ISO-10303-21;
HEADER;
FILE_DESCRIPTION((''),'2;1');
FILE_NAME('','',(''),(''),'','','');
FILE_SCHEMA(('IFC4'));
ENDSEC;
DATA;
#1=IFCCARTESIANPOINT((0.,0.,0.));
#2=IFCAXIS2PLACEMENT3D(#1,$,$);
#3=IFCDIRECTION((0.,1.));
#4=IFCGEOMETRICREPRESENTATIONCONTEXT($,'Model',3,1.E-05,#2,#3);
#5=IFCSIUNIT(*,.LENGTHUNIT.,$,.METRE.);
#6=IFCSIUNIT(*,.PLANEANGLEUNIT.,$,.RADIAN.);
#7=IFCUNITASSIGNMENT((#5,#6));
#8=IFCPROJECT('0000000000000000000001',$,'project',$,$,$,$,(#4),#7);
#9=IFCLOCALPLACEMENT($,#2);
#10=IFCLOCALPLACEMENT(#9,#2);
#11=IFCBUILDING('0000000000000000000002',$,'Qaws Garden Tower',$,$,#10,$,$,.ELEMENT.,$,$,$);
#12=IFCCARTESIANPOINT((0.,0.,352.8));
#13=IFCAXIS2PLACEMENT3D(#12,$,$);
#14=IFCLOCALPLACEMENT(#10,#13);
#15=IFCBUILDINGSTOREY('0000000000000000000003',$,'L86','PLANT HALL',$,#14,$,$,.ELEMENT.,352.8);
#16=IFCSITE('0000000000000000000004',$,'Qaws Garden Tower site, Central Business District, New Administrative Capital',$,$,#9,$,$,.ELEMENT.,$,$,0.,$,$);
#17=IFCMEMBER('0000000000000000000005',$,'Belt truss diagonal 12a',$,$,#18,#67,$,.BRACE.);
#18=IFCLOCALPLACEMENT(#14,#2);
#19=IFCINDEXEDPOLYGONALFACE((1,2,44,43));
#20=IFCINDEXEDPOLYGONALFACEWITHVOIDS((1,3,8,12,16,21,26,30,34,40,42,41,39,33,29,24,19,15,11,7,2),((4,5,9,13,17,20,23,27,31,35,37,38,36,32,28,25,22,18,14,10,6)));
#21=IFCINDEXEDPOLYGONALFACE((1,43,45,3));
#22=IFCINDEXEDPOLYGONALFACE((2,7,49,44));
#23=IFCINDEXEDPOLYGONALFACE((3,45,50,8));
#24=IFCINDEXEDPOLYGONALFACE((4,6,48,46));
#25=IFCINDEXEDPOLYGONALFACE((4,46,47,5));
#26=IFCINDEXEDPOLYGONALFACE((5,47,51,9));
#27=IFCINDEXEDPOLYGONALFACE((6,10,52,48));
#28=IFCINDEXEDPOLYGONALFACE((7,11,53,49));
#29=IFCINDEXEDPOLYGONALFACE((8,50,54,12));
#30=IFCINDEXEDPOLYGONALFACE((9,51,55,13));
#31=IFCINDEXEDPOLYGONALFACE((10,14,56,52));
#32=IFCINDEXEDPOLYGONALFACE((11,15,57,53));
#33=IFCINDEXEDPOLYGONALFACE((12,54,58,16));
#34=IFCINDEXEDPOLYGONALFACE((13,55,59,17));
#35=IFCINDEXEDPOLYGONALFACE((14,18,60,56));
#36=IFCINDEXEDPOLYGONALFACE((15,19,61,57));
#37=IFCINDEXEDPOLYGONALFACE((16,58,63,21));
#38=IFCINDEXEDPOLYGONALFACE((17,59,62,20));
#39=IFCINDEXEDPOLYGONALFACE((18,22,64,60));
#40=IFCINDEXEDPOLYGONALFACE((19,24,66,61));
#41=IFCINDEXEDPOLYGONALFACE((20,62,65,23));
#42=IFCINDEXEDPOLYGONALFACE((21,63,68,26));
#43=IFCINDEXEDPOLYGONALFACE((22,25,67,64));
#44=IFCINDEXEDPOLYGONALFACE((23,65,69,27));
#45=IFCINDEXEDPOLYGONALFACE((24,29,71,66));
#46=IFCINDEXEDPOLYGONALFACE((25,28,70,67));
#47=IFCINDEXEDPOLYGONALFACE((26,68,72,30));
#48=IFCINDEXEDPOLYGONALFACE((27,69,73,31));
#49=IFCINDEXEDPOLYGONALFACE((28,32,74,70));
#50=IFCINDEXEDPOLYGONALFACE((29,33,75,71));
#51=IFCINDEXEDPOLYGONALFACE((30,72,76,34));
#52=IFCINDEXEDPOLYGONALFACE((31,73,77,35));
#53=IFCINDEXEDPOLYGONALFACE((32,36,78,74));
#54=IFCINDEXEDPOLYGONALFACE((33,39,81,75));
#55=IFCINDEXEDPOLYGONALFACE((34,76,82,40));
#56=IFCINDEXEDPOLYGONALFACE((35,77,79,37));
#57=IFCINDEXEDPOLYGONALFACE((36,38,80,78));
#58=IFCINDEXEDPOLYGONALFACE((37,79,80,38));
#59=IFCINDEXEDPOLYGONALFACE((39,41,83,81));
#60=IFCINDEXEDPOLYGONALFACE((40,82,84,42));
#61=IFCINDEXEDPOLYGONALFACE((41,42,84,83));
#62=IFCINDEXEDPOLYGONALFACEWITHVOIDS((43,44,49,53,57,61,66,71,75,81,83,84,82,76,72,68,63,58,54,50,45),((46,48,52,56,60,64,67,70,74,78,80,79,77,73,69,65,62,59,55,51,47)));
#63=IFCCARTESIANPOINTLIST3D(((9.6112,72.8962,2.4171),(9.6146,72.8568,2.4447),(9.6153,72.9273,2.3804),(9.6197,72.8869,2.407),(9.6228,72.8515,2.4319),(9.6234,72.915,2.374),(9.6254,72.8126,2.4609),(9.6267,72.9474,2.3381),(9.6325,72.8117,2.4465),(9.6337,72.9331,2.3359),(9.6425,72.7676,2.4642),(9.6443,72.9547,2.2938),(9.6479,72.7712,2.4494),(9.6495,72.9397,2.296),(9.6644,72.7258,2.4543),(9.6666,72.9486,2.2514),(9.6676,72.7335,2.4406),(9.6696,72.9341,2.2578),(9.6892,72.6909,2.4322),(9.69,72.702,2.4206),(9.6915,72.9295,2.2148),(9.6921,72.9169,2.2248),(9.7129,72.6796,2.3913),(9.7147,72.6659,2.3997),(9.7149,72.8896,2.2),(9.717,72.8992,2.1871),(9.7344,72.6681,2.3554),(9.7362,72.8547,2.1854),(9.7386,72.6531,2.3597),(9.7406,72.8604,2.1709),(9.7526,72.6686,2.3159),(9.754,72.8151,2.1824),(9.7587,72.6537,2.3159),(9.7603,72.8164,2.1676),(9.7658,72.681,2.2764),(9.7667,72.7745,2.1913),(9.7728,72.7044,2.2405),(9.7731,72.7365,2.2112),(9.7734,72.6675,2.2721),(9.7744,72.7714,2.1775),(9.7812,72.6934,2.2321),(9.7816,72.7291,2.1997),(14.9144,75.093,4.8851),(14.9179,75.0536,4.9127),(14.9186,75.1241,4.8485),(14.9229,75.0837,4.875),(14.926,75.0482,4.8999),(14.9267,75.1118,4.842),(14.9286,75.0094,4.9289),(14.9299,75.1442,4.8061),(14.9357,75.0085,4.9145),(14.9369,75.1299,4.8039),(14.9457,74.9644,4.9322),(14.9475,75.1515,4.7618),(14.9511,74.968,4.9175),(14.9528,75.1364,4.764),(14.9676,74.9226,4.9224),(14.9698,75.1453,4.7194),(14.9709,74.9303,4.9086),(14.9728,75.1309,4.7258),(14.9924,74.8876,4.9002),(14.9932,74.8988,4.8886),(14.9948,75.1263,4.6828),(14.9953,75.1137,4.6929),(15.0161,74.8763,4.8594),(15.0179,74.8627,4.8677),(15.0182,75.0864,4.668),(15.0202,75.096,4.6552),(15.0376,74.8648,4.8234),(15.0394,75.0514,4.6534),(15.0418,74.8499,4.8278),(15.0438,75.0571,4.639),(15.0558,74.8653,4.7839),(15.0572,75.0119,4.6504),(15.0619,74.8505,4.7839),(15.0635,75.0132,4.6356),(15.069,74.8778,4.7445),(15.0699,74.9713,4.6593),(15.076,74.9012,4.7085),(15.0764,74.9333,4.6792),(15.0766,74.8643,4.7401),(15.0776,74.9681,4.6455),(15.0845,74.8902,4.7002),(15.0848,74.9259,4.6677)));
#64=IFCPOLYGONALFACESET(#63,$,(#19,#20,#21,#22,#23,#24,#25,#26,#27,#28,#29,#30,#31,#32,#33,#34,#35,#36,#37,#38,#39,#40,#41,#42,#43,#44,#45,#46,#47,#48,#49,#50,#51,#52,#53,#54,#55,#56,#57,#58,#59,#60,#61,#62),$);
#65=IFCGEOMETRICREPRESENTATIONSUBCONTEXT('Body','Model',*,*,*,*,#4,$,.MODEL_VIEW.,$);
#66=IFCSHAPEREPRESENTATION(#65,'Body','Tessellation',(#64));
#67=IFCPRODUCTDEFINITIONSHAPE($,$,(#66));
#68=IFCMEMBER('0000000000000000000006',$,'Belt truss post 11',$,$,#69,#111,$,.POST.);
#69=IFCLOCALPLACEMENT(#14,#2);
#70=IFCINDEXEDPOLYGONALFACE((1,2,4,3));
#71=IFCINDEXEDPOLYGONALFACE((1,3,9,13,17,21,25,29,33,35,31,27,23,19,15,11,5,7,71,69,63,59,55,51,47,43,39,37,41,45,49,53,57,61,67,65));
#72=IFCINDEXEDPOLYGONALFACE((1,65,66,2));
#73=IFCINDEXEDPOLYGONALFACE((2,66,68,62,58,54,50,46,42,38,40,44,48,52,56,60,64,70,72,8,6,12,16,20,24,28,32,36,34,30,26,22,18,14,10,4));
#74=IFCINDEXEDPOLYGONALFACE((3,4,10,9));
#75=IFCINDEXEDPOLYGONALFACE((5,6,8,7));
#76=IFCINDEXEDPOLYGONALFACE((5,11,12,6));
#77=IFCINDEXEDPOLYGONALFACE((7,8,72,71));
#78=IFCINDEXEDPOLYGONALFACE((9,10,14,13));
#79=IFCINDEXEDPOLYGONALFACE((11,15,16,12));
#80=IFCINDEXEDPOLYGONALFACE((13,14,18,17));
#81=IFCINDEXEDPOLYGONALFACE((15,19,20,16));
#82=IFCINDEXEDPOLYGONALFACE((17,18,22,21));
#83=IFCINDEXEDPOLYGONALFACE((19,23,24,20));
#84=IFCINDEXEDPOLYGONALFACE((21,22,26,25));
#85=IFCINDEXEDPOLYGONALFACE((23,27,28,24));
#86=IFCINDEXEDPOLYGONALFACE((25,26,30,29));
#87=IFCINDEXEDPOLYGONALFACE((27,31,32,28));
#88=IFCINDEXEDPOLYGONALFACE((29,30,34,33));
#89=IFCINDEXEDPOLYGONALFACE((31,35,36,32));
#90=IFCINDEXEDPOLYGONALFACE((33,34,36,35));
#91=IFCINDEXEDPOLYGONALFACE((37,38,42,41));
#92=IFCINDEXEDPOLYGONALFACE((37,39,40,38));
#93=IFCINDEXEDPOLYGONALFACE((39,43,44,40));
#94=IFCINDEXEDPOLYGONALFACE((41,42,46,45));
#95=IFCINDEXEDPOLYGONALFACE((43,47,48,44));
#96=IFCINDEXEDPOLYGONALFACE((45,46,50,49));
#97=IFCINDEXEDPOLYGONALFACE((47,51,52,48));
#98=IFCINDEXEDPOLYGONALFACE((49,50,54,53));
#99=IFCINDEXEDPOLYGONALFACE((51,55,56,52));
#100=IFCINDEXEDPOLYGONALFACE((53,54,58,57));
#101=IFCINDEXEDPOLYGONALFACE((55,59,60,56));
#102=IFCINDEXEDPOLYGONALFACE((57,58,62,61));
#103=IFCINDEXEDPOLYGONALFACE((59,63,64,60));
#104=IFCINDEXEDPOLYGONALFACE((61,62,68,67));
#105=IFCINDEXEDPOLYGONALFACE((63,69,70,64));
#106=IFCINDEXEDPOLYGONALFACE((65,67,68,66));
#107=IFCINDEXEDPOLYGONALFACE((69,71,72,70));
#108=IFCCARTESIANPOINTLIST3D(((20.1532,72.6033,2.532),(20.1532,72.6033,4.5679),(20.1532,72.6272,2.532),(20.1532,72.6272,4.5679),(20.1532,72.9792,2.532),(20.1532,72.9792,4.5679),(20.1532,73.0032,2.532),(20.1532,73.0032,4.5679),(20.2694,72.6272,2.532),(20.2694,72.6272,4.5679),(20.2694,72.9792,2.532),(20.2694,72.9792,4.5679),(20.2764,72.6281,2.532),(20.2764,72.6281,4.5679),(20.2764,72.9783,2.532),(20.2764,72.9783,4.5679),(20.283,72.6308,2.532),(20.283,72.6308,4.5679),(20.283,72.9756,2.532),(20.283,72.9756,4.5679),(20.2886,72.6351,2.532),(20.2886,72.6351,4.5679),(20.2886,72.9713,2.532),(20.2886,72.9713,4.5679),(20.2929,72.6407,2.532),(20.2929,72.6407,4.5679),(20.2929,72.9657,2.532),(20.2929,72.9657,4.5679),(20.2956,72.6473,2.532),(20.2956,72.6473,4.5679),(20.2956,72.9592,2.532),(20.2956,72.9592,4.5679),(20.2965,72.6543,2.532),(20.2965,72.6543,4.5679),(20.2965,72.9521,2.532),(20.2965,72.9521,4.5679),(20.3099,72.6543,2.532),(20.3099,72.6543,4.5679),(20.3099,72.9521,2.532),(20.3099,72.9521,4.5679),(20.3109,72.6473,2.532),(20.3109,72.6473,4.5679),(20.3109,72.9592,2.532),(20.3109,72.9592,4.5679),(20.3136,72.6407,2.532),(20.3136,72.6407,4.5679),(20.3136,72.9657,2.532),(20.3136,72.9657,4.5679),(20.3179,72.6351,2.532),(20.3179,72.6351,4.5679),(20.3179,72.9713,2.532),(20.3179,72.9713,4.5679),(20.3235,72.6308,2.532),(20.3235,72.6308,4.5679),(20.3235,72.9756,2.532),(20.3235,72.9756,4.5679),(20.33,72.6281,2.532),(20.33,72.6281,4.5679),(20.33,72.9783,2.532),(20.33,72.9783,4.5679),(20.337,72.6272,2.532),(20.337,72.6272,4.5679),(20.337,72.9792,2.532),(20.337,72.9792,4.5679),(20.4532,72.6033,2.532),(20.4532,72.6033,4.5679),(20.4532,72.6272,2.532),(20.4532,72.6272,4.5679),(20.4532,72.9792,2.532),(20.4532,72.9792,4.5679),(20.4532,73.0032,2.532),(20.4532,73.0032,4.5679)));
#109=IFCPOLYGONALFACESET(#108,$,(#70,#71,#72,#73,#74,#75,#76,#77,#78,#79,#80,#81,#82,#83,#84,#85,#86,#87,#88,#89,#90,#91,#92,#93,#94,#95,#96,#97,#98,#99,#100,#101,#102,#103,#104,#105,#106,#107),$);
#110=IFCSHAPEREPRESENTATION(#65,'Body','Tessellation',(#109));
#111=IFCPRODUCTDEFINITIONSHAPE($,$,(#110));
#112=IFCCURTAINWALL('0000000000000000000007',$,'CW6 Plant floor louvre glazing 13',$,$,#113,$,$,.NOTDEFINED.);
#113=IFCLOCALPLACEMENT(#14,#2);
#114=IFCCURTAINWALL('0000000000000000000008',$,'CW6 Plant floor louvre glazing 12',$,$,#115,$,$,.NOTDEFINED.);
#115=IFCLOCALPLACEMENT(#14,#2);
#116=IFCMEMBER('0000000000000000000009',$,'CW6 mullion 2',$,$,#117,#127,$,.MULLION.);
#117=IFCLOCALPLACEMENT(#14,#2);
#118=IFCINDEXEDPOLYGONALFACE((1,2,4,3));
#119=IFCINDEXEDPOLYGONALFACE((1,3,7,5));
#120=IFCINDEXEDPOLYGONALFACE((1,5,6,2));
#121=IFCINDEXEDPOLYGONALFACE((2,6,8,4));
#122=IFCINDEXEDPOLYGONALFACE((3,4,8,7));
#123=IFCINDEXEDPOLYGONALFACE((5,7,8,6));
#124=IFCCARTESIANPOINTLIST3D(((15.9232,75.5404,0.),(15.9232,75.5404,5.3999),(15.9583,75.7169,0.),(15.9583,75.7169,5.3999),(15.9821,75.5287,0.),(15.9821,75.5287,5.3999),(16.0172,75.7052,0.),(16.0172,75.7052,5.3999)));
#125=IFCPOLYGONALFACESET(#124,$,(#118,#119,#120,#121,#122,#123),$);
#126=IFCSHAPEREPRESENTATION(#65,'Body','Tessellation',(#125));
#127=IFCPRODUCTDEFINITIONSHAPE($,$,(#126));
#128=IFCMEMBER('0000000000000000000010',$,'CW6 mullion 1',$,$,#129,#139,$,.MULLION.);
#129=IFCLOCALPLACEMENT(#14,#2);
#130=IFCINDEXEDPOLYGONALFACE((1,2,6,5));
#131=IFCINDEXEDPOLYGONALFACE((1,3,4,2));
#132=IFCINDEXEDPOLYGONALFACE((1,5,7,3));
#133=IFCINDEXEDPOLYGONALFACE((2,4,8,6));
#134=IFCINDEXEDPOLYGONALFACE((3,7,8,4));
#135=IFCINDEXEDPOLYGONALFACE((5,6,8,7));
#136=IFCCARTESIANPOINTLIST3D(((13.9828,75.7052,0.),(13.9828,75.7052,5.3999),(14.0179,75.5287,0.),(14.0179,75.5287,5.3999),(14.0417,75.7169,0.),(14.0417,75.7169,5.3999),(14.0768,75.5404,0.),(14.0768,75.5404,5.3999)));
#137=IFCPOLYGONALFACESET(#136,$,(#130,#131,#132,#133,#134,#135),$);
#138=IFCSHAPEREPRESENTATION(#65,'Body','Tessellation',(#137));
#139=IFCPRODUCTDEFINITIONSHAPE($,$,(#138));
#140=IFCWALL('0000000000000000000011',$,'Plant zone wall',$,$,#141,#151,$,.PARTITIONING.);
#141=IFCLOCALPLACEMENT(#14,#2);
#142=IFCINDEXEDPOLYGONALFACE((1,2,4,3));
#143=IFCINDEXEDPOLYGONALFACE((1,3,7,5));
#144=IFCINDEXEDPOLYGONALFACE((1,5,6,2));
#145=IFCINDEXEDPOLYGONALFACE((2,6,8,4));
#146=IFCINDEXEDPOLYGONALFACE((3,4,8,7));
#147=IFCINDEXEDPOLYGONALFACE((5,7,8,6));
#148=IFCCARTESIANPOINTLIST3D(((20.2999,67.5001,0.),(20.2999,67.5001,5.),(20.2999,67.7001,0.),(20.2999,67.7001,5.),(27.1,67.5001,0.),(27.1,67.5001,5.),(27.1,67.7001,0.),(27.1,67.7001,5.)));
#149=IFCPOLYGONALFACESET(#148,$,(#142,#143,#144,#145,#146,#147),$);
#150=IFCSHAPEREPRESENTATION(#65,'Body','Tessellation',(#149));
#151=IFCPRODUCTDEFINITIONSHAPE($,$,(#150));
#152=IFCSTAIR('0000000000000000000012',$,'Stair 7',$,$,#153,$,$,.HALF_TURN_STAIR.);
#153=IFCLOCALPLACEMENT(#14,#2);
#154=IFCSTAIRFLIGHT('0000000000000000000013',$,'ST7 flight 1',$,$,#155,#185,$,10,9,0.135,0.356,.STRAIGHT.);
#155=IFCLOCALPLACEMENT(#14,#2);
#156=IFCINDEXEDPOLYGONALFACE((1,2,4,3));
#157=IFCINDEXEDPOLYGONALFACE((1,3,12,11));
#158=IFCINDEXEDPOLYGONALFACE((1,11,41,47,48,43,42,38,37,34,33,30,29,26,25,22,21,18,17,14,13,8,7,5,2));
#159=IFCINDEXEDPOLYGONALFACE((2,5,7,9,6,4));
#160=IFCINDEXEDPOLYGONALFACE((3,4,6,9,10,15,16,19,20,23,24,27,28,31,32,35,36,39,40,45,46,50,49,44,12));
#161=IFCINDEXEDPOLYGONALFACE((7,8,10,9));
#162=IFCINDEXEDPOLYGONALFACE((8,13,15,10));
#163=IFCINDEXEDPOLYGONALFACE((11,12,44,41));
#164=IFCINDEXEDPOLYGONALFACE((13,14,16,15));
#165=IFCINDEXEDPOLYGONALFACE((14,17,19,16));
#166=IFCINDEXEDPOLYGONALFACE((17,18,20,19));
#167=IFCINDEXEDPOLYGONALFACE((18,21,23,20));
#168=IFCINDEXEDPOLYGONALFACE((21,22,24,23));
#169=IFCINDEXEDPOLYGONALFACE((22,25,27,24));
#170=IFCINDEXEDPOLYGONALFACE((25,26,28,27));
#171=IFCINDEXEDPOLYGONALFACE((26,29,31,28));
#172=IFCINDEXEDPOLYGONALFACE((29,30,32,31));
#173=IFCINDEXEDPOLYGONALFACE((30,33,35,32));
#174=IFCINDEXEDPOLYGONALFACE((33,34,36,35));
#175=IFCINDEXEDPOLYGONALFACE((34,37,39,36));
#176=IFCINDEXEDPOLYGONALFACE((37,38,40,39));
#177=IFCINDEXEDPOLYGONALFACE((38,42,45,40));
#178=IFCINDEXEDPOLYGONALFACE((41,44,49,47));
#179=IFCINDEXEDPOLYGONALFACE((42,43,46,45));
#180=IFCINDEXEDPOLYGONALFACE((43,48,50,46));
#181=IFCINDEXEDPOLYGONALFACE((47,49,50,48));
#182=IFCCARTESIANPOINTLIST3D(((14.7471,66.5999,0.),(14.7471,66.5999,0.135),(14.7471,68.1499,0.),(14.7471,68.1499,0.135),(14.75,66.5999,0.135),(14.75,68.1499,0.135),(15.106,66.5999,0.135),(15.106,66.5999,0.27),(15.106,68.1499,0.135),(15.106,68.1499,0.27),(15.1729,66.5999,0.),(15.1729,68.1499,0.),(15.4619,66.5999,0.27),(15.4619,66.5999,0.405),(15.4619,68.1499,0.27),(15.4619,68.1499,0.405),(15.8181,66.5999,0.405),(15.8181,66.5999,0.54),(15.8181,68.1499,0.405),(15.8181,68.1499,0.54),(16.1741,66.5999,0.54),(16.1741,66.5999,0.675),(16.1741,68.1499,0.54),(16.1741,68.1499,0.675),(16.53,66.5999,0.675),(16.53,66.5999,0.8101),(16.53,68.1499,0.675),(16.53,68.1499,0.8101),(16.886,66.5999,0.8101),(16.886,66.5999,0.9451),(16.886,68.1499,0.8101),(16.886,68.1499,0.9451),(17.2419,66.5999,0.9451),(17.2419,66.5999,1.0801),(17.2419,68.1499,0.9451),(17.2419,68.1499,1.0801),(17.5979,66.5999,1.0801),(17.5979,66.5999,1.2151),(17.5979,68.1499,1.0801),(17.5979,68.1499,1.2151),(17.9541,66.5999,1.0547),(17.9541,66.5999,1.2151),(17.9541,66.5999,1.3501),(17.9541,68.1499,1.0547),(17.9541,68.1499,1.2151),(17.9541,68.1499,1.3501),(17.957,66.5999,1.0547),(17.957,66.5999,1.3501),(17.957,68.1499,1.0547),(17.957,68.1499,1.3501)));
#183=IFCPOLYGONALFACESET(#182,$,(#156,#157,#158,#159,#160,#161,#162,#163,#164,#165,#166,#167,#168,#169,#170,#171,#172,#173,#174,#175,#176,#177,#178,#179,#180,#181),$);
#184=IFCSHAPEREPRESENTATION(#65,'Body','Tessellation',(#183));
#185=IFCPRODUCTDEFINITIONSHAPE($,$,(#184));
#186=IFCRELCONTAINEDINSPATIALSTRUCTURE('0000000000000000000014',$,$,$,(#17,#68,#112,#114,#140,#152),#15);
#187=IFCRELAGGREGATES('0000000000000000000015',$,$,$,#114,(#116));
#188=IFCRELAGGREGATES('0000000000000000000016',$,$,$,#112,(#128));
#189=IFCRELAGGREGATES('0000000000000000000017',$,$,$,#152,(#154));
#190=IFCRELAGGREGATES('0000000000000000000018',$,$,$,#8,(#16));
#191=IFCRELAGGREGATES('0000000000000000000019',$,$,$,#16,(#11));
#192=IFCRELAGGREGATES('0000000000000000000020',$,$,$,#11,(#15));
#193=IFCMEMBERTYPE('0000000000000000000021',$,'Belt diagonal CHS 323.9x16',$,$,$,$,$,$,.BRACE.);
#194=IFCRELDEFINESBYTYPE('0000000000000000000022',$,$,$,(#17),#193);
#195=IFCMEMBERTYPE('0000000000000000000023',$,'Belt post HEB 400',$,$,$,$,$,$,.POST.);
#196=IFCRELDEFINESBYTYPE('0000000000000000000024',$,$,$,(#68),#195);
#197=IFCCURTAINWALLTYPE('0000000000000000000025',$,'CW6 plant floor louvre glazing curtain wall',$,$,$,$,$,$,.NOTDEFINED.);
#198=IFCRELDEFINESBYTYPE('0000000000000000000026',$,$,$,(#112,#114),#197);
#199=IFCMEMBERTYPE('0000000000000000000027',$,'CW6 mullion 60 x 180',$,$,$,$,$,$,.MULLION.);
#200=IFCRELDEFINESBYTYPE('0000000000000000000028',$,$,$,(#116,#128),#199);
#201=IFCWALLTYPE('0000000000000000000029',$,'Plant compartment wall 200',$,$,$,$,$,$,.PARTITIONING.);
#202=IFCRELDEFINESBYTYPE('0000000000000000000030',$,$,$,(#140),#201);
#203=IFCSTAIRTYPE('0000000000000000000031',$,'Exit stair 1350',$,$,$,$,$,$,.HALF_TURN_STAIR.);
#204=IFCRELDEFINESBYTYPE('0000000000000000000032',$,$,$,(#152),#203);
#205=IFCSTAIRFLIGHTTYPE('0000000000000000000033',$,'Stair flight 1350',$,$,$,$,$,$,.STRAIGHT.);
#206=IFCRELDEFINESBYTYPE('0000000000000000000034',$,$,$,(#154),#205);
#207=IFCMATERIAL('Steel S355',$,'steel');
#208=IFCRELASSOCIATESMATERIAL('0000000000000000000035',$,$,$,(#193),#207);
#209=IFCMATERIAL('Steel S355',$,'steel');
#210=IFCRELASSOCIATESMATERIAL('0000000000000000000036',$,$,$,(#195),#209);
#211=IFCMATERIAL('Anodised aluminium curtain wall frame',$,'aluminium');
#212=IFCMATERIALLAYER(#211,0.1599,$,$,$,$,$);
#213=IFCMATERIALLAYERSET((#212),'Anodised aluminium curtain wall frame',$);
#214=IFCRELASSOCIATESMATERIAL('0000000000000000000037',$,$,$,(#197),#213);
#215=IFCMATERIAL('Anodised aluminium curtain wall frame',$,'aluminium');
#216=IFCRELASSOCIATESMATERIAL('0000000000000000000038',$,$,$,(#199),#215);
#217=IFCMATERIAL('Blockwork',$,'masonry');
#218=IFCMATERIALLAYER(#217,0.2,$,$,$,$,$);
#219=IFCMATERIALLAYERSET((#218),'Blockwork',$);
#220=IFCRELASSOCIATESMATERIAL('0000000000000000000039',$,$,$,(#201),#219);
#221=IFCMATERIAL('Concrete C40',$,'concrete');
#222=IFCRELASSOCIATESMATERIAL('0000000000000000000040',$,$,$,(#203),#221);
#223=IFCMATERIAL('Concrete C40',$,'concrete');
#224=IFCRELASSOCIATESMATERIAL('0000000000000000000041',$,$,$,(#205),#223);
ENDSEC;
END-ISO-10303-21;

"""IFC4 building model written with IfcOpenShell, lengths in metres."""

from ifc_helpers import new_model, si_unit, direction, frame, frame_2d, origin, origin_2d, place, context, subcontext, project, spatial, polyline, rectangle, hollow_circle, i_section, outline, extrude, material, layer, layer_set, material_profile, profile_set, type_object, element, aggregate, save


model = new_model("IFC4")

# Units and contexts
model_context = context("Model", 3, precision=1e-05, world=origin(), true_north=direction((0.0, 1.0)))
body_context = subcontext(model_context, "Body", "Model", "MODEL_VIEW")
ifc_project = project(units=[si_unit("LENGTHUNIT", "METRE"), si_unit("PLANEANGLEUNIT", "RADIAN")], contexts=[model_context])

# Site, building, storey
site_placement = place(None, origin())
site = spatial("IfcSite", under=ifc_project, at=site_placement, Name="Qaws Garden Tower site, Central Business District, New Administrative Capital", CompositionType="ELEMENT", RefElevation=0.0)
building_placement = place(site_placement, origin())
building = spatial("IfcBuilding", under=site, at=building_placement, Name="Qaws Garden Tower", CompositionType="ELEMENT")
storey_placement = place(building_placement, frame((0.0, 0.0, 352.8)))
storey = spatial("IfcBuildingStorey", under=building, at=storey_placement, Name="L86", Description="PLANT HALL", CompositionType="ELEMENT", Elevation=352.8)

# Members
ifc_material_1 = material(Name="Steel S355", Category="steel")
ifc_material_profile_1 = material_profile(ifc_material_1, hollow_circle(Radius=0.1619, WallThickness=0.0161, at=origin_2d()), Name="CHS 323.9x16")
ifc_profile_set_1 = profile_set([ifc_material_profile_1], Name="Steel S355")
member_type_1 = type_object("IfcMemberType", Name="Belt diagonal CHS 323.9x16", PredefinedType="BRACE", material=ifc_profile_set_1)
member_1_placement = place(storey_placement, frame((15.0, 75.0, 4.7839), z_axis=(-0.848748, -0.351581, -0.394991), x_axis=(0.3827, -0.923873, 0.0)))
element("IfcMember", 1, at=member_1_placement, inside=storey, type_object=member_type_1, Name="Belt truss diagonal 12a", PredefinedType="BRACE", context=body_context, shape_type="SweptSolid", body=[
    extrude(hollow_circle(Radius=0.1619, WallThickness=0.0161, at=origin_2d()), origin(), (0.0, 0.0, 1.0), 6.2483),
])
ifc_material_2 = material(Name="Steel S355", Category="steel")
ifc_material_profile_2 = material_profile(ifc_material_2, i_section(OverallWidth=0.3, OverallDepth=0.3999, WebThickness=0.0134, FlangeThickness=0.0239, FilletRadius=0.0271, at=origin_2d()), Name="HEB 400")
ifc_profile_set_2 = profile_set([ifc_material_profile_2], Name="Steel S355")
member_type_2 = type_object("IfcMemberType", Name="Belt post HEB 400", PredefinedType="POST", material=ifc_profile_set_2)
member_2_placement = place(storey_placement, frame((20.3032, 72.8032, 2.532), z_axis=(0.0, 0.0, 1.0), x_axis=(1.0, 0.0, 0.0)))
element("IfcMember", 2, at=member_2_placement, inside=storey, type_object=member_type_2, Name="Belt truss post 11", PredefinedType="POST", context=body_context, shape_type="SweptSolid", body=[
    extrude(i_section(OverallWidth=0.3, OverallDepth=0.3999, WebThickness=0.0134, FlangeThickness=0.0239, FilletRadius=0.0271, at=origin_2d()), origin(), (0.0, 0.0, 1.0), 2.0359),
])

# Curtain walls, member
ifc_material_3 = material(Name="Anodised aluminium curtain wall frame", Category="aluminium")
ifc_layer_1 = layer(ifc_material_3, 0.1599)
ifc_layer_set_1 = layer_set([ifc_layer_1], Name="Anodised aluminium curtain wall frame")
curtain_wall_type = type_object("IfcCurtainWallType", Name="CW6 plant floor louvre glazing curtain wall", PredefinedType="NOTDEFINED", material=ifc_layer_set_1)
placement_1 = place(storey_placement, origin())
curtain_wall_1 = element("IfcCurtainWall", 3, at=placement_1, inside=storey, type_object=curtain_wall_type, Name="CW6 Plant floor louvre glazing 13", PredefinedType="NOTDEFINED")
curtain_wall_2 = element("IfcCurtainWall", 4, at=placement_1, inside=storey, type_object=curtain_wall_type, Name="CW6 Plant floor louvre glazing 12", PredefinedType="NOTDEFINED")
ifc_material_4 = material(Name="Anodised aluminium curtain wall frame", Category="aluminium")
ifc_material_profile_3 = material_profile(ifc_material_4, rectangle(XDim=0.1799, YDim=0.0601, at=origin_2d()), Name="AL 60x180")
ifc_profile_set_3 = profile_set([ifc_material_profile_3], Name="Anodised aluminium curtain wall frame")
member_type_3 = type_object("IfcMemberType", Name="CW6 mullion 60 x 180", PredefinedType="MULLION", material=ifc_profile_set_3)
member_3_placement = place(storey_placement, frame((15.9702, 75.6228, 0.0), z_axis=(0.0, 0.0, 1.0), x_axis=(-0.19509, -0.980785, 0.0)))
member_3 = element("IfcMember", 5, at=member_3_placement, type_object=member_type_3, Name="CW6 mullion 2", PredefinedType="MULLION", context=body_context, shape_type="SweptSolid", body=[
    extrude(rectangle(XDim=0.1799, YDim=0.0601, at=origin_2d()), origin(), (0.0, 0.0, 1.0), 5.3999),
])
aggregate(curtain_wall_2, [member_3])

# Member
member_4_placement = place(storey_placement, frame((14.0298, 75.6228, 0.0), z_axis=(0.0, 0.0, 1.0), x_axis=(0.19509, -0.980785, 0.0)))
member_4 = element("IfcMember", 6, at=member_4_placement, type_object=member_type_3, Name="CW6 mullion 1", PredefinedType="MULLION", context=body_context, shape_type="SweptSolid", body=[
    extrude(rectangle(XDim=0.1799, YDim=0.0601, at=origin_2d()), origin(), (0.0, 0.0, 1.0), 5.3999),
])

aggregate(curtain_wall_1, [member_4])

# Wall
ifc_material_5 = material(Name="Blockwork", Category="masonry")
ifc_layer_2 = layer(ifc_material_5, 0.2)
ifc_layer_set_2 = layer_set([ifc_layer_2], Name="Blockwork")
wall_type = type_object("IfcWallType", Name="Plant compartment wall 200", PredefinedType="PARTITIONING", material=ifc_layer_set_2)
wall_placement = place(storey_placement, frame((20.3, 67.6001, 0.0), z_axis=(0.0, 0.0, 1.0), x_axis=(1.0, 0.0, 0.0)))
element("IfcWall", 7, at=wall_placement, inside=storey, type_object=wall_type, Name="Plant zone wall", PredefinedType="PARTITIONING", context=body_context, shape_type="SweptSolid", body=[
    extrude(rectangle(XDim=6.8, YDim=0.2, at=frame_2d((3.3999, 0.0))), origin(), (0.0, 0.0, 1.0), 5.0),
])

# Stair, stair flight
ifc_material_6 = material(Name="Concrete C40", Category="concrete")
stair_type = type_object("IfcStairType", Name="Exit stair 1350", PredefinedType="HALF_TURN_STAIR", material=ifc_material_6)
stair = element("IfcStair", 8, at=placement_1, inside=storey, type_object=stair_type, Name="Stair 7", PredefinedType="HALF_TURN_STAIR")
ifc_material_7 = material(Name="Concrete C40", Category="concrete")
stair_flight_type = type_object("IfcStairFlightType", Name="Stair flight 1350", PredefinedType="STRAIGHT", material=ifc_material_7)
stair_flight_1_placement = place(storey_placement, frame((14.75, 67.375, 0.0), z_axis=(0.0, 0.0, 1.0), x_axis=(1.0, 0.0, 0.0)))
stair_flight_1 = element("IfcStairFlight", 9, at=stair_flight_1_placement, type_object=stair_flight_type, Name="ST7 flight 1", NumberOfRisers=10, NumberOfTreads=9, PredefinedType="STRAIGHT", RiserHeight=0.135, TreadLength=0.356, context=body_context, shape_type="SweptSolid", body=[
    extrude(outline(polyline([(-0.0029, 0.0), (-0.0029, 0.135), (0.0, 0.135), (0.356, 0.135), (0.356, 0.27), (0.7119, 0.27), (0.7119, 0.405), (1.0681, 0.405), (1.0681, 0.54), (1.4241, 0.54), (1.4241, 0.675), (1.78, 0.675), (1.78, 0.8101), (2.136, 0.8101), (2.136, 0.9451), (2.4919, 0.9451), (2.4919, 1.0801), (2.8479, 1.0801), (2.8479, 1.2151), (3.2041, 1.2151), (3.2041, 1.3501), (3.207, 1.3501), (3.207, 1.0547), (3.2041, 1.0547), (0.4229, 0.0), (-0.0029, 0.0)])), frame((0.0, 0.7749, 0.0), z_axis=(0.0, -1.0, 0.0), x_axis=(1.0, 0.0, 0.0)), (0.0, 0.0, 1.0), 1.55),
])
aggregate(stair, [stair_flight_1])

save(model, "model.ifc")
